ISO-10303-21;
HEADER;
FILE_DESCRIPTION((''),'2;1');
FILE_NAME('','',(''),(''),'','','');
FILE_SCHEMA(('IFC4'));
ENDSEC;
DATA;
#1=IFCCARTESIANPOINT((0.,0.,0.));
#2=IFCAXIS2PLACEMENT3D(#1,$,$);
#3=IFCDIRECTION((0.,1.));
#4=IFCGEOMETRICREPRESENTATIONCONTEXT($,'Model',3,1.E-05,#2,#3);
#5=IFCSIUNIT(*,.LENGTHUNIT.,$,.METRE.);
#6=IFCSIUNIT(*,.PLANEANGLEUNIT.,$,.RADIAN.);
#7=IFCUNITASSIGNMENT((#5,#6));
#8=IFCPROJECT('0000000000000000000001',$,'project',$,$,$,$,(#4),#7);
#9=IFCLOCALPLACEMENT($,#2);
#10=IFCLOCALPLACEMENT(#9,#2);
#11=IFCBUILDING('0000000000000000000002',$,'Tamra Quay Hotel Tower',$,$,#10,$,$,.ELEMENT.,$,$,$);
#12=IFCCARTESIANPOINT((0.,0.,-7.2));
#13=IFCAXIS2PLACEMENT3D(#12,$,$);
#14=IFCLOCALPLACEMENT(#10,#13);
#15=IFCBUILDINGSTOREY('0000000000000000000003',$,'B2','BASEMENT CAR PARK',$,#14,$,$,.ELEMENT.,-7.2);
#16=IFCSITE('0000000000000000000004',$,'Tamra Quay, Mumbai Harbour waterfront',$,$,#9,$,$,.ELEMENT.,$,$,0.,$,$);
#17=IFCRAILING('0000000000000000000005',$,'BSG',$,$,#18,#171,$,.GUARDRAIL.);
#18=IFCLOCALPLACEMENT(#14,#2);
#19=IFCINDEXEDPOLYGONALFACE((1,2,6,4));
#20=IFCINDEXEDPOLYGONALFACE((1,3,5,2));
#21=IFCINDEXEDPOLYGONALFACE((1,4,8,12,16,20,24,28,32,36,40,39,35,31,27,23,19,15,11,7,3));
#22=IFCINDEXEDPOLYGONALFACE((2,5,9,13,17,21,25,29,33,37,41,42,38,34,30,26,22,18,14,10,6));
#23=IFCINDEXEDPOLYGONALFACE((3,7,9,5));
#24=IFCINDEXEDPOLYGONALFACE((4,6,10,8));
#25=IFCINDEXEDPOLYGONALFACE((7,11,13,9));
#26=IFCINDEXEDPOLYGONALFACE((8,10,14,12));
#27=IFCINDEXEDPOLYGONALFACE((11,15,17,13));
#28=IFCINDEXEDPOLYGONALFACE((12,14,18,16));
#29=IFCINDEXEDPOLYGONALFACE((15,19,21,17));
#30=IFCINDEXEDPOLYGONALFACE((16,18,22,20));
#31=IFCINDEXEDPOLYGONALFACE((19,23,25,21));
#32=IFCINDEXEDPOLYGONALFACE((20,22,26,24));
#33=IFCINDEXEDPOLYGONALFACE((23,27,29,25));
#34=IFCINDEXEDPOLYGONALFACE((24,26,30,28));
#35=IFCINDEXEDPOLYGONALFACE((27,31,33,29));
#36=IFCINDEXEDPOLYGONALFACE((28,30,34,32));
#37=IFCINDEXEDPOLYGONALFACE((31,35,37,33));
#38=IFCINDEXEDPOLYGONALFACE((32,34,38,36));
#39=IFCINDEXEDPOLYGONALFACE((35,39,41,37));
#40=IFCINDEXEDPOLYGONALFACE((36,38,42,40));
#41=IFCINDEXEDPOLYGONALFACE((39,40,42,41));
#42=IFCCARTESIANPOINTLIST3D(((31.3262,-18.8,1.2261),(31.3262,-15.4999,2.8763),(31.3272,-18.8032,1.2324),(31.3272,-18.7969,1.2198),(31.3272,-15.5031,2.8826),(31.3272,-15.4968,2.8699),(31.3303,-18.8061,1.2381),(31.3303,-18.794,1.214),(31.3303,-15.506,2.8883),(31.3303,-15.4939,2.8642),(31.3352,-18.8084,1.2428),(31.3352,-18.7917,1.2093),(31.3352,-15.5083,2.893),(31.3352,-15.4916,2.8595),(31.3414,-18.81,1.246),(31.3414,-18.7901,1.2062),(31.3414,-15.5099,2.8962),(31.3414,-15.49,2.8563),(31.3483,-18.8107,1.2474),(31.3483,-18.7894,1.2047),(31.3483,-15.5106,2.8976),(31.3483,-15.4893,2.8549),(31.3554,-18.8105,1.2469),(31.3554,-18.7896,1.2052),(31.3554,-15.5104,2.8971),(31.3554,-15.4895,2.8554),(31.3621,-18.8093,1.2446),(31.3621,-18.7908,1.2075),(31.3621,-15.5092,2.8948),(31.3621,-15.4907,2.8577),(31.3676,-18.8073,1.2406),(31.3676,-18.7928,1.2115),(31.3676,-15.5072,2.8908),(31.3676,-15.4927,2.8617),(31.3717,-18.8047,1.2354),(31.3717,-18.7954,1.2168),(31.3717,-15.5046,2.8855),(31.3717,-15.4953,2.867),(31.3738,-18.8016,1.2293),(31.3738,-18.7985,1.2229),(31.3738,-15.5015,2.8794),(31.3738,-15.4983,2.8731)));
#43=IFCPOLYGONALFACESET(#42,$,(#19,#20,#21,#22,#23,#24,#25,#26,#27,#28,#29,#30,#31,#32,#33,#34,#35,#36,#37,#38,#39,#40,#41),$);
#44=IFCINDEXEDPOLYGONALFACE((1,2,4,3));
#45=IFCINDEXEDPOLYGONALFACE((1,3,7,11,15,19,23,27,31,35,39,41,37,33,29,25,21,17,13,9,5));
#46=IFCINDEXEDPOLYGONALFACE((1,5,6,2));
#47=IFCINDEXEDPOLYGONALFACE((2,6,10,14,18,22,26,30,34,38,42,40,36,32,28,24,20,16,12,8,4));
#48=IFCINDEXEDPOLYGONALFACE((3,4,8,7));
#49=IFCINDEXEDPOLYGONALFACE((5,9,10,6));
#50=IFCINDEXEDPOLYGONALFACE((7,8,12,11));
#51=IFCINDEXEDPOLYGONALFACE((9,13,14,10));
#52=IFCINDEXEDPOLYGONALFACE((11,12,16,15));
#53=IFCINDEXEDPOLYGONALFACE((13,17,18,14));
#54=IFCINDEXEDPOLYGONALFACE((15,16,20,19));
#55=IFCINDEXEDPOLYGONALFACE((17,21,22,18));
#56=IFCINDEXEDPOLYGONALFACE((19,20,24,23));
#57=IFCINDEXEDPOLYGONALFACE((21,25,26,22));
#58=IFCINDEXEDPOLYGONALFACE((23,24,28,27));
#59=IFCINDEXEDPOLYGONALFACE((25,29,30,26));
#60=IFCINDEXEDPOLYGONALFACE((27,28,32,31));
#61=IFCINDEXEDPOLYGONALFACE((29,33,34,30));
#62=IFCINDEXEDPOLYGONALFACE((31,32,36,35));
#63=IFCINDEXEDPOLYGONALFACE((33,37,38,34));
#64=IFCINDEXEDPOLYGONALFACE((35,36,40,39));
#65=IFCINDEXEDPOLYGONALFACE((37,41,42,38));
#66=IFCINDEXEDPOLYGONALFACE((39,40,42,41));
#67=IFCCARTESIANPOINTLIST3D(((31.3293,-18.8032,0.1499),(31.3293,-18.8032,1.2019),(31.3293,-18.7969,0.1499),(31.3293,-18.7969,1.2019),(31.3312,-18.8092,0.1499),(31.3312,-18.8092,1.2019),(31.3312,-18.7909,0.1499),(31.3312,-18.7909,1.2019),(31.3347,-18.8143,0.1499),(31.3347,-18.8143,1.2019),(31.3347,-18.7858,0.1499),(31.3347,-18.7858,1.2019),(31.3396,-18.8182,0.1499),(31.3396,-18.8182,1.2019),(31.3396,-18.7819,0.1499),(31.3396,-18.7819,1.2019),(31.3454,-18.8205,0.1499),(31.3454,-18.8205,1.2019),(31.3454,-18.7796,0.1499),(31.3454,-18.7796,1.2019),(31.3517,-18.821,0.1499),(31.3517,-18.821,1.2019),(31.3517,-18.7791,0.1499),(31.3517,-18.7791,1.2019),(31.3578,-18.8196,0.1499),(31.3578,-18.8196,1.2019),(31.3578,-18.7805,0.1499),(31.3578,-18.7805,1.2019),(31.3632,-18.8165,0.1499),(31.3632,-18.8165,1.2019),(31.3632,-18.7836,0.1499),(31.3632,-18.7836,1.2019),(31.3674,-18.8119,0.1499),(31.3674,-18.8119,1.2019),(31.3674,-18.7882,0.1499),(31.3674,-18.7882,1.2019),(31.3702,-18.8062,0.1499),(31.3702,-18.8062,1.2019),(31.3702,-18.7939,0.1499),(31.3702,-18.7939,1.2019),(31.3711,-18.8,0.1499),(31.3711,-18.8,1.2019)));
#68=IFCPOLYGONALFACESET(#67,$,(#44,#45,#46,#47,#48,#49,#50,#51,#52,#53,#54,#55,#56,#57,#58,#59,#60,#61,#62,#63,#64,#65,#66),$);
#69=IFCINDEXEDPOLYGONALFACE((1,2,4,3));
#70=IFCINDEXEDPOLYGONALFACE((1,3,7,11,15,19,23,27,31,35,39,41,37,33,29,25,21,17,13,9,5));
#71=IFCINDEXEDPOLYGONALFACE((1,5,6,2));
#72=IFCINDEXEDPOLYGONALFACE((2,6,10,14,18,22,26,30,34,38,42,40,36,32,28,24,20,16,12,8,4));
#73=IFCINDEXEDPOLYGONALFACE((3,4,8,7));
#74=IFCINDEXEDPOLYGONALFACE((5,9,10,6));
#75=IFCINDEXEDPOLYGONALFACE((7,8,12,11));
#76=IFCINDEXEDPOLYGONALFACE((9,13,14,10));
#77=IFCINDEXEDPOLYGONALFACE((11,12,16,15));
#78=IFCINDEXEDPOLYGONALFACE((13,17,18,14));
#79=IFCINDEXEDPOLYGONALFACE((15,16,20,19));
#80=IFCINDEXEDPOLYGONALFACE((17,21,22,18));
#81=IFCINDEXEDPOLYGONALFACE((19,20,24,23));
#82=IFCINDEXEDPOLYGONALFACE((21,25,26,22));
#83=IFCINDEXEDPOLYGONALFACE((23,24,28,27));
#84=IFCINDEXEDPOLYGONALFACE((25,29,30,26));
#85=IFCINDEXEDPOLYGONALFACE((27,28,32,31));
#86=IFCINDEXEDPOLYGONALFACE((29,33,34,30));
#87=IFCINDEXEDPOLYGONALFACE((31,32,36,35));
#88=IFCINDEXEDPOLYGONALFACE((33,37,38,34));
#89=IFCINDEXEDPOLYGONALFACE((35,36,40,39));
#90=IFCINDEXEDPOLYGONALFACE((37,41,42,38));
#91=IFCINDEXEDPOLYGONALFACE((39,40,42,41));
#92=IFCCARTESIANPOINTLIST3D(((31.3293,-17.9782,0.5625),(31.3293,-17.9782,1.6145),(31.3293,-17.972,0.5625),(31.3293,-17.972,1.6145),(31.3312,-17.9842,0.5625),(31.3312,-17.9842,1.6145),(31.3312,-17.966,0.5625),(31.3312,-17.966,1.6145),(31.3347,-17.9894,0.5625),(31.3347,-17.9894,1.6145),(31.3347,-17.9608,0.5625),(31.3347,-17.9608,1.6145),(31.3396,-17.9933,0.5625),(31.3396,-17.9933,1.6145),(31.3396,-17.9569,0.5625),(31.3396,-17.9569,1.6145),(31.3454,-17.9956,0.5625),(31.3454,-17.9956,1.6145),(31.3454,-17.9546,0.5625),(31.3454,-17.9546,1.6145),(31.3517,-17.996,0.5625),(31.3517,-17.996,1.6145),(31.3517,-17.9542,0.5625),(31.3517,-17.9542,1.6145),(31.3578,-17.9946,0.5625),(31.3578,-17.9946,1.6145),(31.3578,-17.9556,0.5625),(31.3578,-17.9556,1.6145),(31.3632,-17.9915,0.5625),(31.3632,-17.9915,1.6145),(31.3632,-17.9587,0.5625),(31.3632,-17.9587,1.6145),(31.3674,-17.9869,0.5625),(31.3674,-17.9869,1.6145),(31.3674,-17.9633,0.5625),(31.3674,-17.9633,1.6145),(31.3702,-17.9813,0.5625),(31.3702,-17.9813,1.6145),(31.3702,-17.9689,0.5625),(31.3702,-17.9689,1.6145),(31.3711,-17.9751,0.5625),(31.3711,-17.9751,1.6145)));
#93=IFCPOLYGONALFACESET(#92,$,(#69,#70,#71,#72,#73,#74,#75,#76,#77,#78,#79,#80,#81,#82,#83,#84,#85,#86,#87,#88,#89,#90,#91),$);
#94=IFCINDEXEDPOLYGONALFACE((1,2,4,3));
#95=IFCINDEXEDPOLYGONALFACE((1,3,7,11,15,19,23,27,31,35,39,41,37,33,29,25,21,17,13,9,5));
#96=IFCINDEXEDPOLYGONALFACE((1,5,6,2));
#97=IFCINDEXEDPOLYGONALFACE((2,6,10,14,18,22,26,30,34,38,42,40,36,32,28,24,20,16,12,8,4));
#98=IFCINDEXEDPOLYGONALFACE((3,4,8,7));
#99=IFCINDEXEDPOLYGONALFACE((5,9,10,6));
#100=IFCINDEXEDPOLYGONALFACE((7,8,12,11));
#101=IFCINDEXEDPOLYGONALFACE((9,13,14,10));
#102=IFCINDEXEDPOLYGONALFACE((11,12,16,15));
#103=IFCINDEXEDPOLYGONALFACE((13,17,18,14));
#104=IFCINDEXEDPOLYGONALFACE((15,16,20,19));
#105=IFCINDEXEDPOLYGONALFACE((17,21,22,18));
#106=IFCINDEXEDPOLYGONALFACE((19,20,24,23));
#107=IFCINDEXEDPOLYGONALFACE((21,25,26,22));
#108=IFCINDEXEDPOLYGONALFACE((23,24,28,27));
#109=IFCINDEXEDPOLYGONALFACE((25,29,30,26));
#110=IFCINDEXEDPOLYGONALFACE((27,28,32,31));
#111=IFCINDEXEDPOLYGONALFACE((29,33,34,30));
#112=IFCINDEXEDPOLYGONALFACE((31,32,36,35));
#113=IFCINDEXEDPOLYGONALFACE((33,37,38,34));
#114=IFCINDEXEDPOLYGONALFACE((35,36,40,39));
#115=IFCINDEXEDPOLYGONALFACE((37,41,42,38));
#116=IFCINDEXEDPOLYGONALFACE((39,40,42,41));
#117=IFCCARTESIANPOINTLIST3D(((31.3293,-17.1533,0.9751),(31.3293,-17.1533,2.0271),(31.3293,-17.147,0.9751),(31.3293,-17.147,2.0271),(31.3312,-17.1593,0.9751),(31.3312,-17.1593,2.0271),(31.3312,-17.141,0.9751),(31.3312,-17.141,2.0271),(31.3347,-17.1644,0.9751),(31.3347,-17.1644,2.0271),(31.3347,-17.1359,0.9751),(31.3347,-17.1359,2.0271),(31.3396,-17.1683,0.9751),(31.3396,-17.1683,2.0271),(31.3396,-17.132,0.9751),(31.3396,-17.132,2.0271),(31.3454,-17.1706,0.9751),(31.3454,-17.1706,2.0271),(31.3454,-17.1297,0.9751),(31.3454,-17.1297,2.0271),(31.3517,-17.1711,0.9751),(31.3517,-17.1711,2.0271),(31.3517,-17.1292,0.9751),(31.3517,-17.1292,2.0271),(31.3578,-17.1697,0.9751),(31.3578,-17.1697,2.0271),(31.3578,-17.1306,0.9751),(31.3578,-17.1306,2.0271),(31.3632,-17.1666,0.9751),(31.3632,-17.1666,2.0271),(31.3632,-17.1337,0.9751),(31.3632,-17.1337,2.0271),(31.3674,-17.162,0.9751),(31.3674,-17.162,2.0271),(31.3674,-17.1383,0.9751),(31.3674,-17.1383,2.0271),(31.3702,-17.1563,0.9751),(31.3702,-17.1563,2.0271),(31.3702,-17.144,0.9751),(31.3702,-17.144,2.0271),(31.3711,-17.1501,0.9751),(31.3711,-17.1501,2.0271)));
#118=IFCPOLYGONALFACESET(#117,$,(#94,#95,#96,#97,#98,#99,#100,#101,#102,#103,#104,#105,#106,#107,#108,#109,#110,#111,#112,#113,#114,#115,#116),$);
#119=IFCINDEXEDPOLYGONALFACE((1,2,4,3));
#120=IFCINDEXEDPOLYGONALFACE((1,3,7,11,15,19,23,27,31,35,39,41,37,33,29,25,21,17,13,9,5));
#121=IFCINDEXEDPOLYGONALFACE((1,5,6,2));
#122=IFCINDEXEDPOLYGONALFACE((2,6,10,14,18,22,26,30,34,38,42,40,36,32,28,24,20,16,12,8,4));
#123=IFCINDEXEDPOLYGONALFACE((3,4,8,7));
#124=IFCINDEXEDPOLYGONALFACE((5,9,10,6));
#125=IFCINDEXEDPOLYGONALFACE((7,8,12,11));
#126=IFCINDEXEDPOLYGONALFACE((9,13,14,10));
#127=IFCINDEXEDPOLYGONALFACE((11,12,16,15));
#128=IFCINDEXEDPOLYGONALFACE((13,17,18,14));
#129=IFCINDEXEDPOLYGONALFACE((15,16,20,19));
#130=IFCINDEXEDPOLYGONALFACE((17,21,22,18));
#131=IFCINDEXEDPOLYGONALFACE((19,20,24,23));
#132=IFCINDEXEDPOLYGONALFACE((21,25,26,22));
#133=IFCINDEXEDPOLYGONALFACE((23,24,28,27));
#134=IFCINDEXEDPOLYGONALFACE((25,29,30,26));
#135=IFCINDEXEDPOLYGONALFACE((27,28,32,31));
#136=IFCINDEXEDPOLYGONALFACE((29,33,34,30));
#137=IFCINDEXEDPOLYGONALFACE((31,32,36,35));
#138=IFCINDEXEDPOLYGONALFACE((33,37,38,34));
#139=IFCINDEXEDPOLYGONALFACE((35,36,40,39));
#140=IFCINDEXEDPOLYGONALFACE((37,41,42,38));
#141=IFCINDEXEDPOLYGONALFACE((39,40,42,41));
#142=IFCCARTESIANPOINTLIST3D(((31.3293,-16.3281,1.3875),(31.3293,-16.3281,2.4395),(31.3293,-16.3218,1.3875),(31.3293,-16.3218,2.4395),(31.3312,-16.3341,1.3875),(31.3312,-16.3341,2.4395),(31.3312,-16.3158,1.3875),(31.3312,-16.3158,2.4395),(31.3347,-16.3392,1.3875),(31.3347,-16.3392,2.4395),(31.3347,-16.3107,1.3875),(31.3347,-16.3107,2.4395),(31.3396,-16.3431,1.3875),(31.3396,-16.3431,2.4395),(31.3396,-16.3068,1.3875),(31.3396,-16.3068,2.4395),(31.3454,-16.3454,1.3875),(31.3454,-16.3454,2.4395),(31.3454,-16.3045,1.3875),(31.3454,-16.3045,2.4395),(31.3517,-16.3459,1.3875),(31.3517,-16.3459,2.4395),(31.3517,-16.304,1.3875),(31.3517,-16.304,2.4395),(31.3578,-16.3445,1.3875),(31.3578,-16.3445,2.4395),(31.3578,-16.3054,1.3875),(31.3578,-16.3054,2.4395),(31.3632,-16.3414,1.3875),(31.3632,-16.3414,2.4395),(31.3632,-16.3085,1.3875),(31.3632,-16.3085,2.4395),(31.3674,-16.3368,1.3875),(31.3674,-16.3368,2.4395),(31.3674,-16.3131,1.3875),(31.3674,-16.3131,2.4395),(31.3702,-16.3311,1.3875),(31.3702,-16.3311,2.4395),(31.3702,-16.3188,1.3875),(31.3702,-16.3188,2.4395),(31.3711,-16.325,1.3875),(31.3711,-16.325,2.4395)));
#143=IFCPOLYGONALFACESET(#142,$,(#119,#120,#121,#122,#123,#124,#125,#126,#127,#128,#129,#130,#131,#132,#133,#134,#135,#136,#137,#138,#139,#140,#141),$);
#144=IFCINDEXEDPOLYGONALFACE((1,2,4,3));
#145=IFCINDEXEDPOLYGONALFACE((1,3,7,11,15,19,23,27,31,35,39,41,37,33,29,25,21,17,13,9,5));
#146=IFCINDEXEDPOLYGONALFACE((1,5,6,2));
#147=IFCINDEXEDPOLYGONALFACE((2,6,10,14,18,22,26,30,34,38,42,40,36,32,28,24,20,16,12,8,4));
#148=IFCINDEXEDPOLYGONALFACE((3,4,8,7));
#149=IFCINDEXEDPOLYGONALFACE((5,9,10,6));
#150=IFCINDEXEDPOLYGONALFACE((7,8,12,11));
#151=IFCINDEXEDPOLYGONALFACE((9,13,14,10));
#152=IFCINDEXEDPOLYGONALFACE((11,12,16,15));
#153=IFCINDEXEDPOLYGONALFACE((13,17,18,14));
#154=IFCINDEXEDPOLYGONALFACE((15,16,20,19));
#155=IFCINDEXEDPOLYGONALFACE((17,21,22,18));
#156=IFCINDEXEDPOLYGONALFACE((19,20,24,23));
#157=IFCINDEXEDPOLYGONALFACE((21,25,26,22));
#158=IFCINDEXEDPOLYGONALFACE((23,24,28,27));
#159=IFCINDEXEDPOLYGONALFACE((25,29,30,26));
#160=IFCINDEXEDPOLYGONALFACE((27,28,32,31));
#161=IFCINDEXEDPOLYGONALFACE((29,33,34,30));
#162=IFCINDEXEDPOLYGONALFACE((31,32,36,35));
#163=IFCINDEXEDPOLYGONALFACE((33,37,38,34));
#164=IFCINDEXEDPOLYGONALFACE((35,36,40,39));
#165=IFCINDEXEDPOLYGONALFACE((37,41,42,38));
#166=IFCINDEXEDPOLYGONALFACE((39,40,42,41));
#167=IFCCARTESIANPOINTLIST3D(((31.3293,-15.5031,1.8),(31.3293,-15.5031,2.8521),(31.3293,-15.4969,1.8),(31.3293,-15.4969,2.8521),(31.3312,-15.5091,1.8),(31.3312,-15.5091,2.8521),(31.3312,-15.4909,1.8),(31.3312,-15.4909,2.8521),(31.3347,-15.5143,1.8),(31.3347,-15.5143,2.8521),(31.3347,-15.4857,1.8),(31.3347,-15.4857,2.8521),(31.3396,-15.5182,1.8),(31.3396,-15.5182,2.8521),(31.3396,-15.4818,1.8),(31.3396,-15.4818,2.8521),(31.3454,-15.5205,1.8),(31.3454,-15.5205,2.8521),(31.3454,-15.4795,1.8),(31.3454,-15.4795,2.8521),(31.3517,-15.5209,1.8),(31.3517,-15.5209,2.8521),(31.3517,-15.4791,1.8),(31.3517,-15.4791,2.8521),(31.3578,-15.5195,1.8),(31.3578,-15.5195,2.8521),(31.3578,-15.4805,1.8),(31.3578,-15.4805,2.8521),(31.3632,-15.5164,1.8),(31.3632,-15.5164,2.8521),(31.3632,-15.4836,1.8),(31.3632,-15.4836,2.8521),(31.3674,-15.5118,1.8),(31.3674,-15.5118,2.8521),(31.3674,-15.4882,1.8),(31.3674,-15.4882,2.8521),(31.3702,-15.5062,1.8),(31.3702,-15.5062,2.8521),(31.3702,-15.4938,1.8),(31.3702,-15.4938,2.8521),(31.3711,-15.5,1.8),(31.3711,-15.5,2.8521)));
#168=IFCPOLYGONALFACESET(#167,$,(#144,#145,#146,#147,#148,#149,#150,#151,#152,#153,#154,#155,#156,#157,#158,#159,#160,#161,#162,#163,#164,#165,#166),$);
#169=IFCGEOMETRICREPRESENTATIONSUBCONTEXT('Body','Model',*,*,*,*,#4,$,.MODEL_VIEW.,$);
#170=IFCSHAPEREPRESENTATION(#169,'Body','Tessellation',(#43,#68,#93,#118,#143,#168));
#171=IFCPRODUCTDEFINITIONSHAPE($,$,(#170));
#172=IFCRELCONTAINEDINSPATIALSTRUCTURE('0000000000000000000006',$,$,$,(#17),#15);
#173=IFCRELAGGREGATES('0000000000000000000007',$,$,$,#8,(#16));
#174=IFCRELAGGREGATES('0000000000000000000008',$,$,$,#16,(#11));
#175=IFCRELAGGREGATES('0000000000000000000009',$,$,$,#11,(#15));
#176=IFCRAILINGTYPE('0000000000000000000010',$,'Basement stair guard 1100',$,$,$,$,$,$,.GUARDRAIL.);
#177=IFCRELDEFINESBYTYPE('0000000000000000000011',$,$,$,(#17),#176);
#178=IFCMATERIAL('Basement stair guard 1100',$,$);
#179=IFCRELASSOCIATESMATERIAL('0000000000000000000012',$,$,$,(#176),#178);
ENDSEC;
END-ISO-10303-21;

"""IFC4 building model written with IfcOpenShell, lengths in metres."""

from ifc_helpers import new_model, si_unit, direction, frame, origin, origin_2d, place, context, subcontext, project, spatial, circle, extrude, material, type_object, element, save


model = new_model("IFC4")

# Units and contexts
model_context = context("Model", 3, precision=1e-05, world=origin(), true_north=direction((0.0, 1.0)))
body_context = subcontext(model_context, "Body", "Model", "MODEL_VIEW")
ifc_project = project(units=[si_unit("LENGTHUNIT", "METRE"), si_unit("PLANEANGLEUNIT", "RADIAN")], contexts=[model_context])

# Site, building, storey
site_placement = place(None, origin())
site = spatial("IfcSite", under=ifc_project, at=site_placement, Name="Tamra Quay, Mumbai Harbour waterfront", CompositionType="ELEMENT", RefElevation=0.0)
building_placement = place(site_placement, origin())
building = spatial("IfcBuilding", under=site, at=building_placement, Name="Tamra Quay Hotel Tower", CompositionType="ELEMENT")
storey_placement = place(building_placement, frame((0.0, 0.0, -7.2)))
storey = spatial("IfcBuildingStorey", under=building, at=storey_placement, Name="B2", Description="BASEMENT CAR PARK", CompositionType="ELEMENT", Elevation=-7.2)

# Railing
ifc_material_1 = material(Name="Basement stair guard 1100")
railing_type_1 = type_object("IfcRailingType", Name="Basement stair guard 1100", PredefinedType="GUARDRAIL", material=ifc_material_1)
railing_1_placement = place(storey_placement, frame((31.3501, -18.8, 0.1499)))
element("IfcRailing", 1, at=railing_1_placement, inside=storey, type_object=railing_type_1, Name="BSG", PredefinedType="GUARDRAIL", context=body_context, shape_type="SweptSolid", body=[
    extrude(circle(Radius=0.0239, at=origin_2d()), frame((0.0, 0.0, 1.0762), z_axis=(0.0, 0.894414, 0.44724), x_axis=(-1.0, 0.0, 0.0)), (0.0, 0.0, 1.0), 3.6897),
    extrude(circle(Radius=0.021, at=origin_2d()), origin(), (0.0, 0.0, 1.0), 1.052),
    extrude(circle(Radius=0.021, at=origin_2d()), frame((0.0, 0.825, 0.4126)), (0.0, 0.0, 1.0), 1.052),
    extrude(circle(Radius=0.021, at=origin_2d()), frame((0.0, 1.6499, 0.8252)), (0.0, 0.0, 1.0), 1.052),
    extrude(circle(Radius=0.021, at=origin_2d()), frame((0.0, 2.4751, 1.2375)), (0.0, 0.0, 1.0), 1.052),
    extrude(circle(Radius=0.021, at=origin_2d()), frame((0.0, 3.3, 1.6501)), (0.0, 0.0, 1.0), 1.052),
])

save(model, "model.ifc")
